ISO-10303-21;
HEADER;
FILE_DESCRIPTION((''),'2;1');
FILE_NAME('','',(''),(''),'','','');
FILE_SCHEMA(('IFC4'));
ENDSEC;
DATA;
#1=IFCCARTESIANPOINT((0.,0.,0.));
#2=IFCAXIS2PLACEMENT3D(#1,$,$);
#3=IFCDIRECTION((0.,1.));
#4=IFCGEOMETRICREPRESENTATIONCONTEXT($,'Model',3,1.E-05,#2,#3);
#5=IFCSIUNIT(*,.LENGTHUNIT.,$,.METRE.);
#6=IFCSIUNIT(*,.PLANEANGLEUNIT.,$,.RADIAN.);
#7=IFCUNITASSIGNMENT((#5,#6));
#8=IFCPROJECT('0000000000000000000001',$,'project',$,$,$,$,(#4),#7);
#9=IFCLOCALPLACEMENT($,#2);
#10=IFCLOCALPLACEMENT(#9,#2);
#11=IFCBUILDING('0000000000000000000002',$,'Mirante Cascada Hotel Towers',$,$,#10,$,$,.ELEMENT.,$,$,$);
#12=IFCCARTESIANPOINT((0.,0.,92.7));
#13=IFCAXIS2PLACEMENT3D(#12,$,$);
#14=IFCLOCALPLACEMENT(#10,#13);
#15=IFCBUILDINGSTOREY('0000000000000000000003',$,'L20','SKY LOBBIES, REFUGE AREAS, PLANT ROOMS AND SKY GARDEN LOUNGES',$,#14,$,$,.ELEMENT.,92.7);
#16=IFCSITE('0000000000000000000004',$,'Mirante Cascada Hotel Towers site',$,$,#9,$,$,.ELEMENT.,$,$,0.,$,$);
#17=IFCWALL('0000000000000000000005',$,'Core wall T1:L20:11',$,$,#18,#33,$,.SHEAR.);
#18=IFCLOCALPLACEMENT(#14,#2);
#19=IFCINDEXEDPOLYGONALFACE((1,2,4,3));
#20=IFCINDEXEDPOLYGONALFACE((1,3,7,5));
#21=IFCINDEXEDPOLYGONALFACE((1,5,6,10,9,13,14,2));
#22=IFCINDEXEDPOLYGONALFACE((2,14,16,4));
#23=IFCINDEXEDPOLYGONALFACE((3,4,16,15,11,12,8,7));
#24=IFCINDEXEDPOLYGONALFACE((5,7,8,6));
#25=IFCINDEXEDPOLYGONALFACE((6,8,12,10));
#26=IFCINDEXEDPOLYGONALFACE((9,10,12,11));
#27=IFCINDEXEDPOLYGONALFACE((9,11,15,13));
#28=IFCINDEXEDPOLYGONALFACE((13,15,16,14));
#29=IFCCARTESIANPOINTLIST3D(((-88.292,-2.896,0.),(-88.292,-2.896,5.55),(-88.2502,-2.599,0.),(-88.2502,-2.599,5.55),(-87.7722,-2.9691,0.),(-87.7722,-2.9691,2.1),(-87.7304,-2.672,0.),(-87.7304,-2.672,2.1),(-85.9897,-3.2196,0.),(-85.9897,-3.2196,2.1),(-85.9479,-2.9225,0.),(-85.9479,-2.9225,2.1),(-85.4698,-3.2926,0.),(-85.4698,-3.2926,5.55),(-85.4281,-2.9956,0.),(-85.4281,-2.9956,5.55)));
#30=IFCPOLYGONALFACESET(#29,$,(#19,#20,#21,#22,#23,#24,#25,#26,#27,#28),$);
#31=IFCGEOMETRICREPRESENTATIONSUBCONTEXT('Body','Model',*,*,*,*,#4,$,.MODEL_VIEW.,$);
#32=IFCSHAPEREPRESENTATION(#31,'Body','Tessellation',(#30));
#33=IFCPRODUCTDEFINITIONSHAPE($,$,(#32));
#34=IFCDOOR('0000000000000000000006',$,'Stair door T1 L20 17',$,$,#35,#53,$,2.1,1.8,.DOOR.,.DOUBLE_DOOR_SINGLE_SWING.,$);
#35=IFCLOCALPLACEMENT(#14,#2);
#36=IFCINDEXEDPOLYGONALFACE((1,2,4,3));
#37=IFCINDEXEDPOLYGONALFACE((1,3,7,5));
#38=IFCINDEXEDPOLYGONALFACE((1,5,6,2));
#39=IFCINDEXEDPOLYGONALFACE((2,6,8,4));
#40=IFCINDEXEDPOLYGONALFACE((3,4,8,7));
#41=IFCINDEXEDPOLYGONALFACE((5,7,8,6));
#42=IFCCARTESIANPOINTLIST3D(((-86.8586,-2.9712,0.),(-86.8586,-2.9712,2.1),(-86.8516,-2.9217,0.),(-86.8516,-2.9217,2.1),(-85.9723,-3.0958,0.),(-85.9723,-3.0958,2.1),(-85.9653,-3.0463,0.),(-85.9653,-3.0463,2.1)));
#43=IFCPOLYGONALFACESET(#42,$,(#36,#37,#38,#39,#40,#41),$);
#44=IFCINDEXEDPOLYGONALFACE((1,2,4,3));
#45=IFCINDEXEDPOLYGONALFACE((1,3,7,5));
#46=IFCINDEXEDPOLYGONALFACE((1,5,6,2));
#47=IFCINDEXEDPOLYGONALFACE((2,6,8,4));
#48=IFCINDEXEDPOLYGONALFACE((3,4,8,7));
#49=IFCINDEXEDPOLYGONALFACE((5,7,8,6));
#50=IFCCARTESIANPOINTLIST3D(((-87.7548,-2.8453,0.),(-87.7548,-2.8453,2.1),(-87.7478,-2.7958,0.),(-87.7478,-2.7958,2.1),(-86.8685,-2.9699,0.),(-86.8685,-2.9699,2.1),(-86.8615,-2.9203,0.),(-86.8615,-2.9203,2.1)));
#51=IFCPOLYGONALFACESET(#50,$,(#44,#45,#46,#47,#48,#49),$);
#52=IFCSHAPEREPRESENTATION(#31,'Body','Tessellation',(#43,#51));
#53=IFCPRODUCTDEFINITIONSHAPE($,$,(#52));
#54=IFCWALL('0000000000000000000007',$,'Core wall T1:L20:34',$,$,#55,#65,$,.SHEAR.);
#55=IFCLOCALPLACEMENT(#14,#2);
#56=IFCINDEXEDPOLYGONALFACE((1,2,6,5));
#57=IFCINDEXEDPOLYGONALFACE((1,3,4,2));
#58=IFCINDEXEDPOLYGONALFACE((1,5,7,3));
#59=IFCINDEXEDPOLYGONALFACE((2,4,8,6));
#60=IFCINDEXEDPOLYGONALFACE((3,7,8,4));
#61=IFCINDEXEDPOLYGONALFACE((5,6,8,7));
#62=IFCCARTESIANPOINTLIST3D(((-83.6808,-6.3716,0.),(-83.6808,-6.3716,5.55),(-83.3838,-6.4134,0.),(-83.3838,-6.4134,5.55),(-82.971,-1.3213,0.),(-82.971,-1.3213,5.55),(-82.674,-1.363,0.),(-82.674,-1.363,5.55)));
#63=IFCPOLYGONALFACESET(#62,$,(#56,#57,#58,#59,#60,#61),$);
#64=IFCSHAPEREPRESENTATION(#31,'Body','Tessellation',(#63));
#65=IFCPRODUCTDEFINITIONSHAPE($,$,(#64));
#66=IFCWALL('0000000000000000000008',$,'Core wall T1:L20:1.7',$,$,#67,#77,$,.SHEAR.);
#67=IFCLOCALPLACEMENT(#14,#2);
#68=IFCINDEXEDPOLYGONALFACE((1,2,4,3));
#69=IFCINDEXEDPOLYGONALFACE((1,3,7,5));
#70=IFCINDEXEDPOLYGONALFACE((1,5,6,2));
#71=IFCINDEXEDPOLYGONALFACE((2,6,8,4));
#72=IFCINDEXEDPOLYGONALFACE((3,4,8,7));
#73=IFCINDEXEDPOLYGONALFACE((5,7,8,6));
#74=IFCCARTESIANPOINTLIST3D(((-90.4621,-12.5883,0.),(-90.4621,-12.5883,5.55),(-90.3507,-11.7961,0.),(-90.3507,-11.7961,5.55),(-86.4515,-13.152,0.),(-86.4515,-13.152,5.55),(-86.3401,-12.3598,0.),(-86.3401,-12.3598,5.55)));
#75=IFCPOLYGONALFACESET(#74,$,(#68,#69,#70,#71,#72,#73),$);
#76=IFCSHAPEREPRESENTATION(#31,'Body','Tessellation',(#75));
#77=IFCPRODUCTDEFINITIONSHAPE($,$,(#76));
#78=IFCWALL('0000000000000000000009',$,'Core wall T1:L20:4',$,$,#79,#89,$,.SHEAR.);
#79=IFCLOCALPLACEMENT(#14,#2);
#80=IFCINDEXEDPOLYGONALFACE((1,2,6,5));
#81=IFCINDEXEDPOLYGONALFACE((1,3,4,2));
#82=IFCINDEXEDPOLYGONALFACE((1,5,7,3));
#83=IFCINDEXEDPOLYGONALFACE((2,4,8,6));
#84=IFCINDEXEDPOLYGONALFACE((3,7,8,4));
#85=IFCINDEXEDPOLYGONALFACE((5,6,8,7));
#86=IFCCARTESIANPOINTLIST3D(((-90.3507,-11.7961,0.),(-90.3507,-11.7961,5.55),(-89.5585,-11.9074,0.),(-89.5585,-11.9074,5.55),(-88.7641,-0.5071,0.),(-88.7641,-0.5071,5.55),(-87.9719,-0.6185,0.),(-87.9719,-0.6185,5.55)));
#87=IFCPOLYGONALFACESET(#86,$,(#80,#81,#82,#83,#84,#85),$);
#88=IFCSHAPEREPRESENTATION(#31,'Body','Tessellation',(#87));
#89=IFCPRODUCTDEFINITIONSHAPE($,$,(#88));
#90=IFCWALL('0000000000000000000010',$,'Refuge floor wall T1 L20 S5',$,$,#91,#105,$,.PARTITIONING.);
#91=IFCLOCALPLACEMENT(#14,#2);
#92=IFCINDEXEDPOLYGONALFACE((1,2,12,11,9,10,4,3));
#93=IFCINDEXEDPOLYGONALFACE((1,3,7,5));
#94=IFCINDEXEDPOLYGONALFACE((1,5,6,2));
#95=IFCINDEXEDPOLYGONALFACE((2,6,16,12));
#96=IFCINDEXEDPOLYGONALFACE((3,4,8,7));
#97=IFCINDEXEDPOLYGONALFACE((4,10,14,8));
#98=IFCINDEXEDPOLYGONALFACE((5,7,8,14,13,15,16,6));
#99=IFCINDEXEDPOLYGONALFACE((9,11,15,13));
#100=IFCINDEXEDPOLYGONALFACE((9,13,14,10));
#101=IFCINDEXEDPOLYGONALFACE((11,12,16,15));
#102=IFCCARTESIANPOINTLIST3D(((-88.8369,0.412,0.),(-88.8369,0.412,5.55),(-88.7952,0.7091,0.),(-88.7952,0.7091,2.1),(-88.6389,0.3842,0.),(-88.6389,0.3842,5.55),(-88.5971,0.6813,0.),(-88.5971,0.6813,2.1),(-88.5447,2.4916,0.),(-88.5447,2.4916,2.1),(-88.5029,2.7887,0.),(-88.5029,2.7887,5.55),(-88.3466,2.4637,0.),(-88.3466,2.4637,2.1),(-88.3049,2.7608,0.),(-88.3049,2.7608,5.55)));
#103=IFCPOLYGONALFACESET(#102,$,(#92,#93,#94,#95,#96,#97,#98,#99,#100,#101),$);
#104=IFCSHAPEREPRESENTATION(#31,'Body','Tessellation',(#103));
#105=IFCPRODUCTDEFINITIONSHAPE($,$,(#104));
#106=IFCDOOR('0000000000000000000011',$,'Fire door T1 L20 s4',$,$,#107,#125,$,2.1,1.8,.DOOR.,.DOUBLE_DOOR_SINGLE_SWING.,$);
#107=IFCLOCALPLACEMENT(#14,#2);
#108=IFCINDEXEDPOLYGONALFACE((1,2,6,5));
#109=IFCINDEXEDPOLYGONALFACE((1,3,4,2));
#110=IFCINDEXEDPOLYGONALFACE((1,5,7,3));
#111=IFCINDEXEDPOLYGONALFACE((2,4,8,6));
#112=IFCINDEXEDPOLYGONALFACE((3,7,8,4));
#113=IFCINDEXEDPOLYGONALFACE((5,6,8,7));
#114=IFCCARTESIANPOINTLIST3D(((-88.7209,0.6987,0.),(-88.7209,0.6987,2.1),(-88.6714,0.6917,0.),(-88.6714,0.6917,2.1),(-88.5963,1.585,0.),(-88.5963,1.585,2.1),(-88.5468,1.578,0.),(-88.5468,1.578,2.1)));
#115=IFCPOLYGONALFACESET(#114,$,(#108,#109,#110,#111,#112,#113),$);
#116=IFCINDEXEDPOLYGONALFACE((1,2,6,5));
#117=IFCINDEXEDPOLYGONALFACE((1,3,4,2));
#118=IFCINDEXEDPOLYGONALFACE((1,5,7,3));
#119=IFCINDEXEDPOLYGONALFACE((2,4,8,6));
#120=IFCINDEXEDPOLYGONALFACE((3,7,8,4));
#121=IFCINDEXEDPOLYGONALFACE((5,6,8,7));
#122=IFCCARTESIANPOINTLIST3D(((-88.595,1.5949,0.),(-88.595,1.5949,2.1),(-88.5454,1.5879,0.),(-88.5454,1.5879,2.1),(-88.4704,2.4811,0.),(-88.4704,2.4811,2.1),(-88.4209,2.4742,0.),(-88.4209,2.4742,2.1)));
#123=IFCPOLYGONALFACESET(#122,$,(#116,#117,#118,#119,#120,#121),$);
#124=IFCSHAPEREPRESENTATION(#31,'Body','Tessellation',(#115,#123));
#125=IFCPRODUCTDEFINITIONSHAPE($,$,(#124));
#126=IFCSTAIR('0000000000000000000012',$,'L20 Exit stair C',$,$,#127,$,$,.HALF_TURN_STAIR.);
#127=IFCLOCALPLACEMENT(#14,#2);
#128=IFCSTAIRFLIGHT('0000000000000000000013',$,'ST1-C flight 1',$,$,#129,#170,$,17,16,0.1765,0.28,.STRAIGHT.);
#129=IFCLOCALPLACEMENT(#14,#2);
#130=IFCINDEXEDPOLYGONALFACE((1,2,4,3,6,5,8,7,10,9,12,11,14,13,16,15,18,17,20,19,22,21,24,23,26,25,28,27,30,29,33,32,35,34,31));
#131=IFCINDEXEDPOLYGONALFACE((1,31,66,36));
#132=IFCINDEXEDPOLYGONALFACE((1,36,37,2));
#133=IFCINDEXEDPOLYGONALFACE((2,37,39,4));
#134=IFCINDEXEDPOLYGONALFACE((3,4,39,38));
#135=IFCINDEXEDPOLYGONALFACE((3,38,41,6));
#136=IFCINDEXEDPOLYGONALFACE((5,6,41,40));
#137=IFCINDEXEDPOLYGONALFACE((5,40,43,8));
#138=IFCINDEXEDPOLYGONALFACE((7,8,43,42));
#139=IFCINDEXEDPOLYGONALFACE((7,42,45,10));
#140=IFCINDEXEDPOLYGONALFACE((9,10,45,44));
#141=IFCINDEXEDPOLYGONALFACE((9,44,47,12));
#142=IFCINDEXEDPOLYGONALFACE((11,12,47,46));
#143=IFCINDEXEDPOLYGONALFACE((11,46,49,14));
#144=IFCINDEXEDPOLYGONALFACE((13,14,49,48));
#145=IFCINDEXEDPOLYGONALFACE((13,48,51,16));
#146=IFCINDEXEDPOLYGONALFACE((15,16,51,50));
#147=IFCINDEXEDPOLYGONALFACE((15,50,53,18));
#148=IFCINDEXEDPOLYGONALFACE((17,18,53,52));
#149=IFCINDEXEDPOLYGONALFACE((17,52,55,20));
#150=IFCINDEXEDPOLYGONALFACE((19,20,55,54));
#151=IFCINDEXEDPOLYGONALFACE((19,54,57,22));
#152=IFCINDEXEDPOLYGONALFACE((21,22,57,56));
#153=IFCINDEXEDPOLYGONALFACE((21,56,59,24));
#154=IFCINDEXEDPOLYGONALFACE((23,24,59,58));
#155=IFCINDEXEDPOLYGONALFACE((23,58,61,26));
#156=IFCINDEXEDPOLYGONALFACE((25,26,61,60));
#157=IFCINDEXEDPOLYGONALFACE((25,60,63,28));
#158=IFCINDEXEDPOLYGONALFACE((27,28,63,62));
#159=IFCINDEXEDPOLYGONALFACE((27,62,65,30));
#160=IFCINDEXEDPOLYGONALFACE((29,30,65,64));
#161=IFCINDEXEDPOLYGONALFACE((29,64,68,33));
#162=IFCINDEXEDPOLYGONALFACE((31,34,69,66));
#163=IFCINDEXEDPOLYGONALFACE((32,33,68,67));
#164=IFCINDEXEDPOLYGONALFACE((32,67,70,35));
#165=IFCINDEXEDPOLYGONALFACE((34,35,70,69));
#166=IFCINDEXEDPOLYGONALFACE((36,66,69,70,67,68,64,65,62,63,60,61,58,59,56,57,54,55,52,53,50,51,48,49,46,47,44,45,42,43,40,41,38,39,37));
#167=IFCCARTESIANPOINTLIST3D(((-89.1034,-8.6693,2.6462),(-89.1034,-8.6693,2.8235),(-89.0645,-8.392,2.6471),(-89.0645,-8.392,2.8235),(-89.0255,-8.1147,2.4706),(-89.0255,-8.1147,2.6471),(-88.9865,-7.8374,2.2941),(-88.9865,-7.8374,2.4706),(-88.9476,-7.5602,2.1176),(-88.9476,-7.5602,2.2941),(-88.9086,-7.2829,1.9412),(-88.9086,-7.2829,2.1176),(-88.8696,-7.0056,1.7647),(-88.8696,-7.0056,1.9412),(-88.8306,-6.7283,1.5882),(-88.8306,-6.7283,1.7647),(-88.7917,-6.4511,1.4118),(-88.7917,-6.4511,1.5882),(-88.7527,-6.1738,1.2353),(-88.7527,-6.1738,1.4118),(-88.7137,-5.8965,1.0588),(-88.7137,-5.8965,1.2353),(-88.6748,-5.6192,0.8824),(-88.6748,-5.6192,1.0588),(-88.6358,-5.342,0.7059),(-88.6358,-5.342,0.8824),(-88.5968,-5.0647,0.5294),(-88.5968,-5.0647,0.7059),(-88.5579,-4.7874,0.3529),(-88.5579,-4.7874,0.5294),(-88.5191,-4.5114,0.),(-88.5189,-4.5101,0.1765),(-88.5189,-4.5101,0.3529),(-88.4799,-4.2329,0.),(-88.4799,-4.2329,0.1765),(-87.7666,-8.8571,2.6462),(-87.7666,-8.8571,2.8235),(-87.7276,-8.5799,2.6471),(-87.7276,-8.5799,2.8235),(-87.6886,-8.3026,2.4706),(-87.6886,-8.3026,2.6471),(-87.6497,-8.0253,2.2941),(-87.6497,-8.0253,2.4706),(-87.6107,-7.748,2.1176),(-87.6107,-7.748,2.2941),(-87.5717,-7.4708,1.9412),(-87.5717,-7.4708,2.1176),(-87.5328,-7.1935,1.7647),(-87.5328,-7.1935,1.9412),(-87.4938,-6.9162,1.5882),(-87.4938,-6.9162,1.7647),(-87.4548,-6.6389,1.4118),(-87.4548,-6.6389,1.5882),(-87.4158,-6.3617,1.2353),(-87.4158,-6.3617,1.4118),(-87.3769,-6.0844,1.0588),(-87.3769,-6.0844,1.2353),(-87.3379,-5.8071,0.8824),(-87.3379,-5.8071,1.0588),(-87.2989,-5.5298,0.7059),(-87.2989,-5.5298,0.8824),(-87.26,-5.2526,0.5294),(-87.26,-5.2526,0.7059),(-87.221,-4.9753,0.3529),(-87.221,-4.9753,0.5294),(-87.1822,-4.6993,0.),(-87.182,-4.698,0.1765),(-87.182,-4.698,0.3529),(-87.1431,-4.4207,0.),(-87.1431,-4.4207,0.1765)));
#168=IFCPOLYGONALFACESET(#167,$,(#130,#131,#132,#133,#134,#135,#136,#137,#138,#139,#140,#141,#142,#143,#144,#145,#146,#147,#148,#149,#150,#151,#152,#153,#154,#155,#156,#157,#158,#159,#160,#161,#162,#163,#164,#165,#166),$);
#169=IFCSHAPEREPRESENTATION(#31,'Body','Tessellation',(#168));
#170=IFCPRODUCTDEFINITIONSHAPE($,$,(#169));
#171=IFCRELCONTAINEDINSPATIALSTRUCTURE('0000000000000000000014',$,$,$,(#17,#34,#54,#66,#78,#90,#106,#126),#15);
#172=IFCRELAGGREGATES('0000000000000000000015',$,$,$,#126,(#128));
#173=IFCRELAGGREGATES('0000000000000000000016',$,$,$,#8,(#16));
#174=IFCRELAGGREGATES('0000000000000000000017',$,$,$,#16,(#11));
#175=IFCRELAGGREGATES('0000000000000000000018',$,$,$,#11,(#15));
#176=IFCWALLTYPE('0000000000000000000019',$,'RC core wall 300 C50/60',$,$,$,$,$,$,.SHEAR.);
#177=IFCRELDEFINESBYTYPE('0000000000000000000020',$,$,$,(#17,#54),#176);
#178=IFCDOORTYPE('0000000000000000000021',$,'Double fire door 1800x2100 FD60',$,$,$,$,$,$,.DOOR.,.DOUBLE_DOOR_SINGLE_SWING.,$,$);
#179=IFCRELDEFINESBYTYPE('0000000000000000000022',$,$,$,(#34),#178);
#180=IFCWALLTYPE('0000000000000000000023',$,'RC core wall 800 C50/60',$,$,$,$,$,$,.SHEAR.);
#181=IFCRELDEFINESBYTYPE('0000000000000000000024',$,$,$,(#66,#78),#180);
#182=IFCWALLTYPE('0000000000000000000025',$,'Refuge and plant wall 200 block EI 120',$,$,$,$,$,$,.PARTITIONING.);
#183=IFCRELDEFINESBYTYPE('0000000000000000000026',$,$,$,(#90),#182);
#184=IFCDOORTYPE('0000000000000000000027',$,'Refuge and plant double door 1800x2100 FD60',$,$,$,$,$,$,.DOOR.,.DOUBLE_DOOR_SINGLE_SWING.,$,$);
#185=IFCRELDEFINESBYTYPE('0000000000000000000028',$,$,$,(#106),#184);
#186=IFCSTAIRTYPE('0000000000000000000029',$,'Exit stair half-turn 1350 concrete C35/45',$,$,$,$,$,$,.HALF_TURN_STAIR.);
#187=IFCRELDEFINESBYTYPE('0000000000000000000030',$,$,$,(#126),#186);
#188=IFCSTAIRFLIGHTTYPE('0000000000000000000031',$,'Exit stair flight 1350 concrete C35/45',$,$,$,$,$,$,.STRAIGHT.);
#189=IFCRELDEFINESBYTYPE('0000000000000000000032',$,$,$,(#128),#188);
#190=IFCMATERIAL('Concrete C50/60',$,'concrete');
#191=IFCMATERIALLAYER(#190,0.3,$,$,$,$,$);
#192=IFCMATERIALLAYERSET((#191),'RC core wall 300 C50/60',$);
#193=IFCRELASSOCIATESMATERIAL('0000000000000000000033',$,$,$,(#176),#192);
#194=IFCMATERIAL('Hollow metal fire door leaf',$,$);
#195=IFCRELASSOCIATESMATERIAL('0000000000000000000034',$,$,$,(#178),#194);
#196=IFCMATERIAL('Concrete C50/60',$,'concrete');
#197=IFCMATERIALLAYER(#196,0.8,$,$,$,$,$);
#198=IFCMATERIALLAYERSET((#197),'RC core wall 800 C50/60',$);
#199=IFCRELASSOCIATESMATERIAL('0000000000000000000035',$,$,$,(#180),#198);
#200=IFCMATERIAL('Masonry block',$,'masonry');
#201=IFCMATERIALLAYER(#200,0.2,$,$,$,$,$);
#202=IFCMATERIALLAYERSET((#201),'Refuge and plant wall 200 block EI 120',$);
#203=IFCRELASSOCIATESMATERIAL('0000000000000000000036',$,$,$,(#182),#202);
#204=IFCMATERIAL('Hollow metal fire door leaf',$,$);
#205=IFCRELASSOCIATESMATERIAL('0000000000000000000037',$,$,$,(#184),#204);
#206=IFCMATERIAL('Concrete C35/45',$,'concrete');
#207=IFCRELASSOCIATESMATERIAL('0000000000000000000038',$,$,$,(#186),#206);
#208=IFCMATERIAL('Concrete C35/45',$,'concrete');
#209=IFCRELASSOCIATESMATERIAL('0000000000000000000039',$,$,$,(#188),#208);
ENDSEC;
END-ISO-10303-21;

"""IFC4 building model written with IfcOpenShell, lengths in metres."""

from ifc_helpers import new_model, si_unit, direction, frame, frame_2d, origin, place, context, subcontext, project, spatial, polyline, rectangle, outline, extrude, material, layer, layer_set, type_object, element, fill, aggregate, save


model = new_model("IFC4")

# Units and contexts
model_context = context("Model", 3, precision=1e-05, world=origin(), true_north=direction((0.0, 1.0)))
body_context = subcontext(model_context, "Body", "Model", "MODEL_VIEW")
ifc_project = project(units=[si_unit("LENGTHUNIT", "METRE"), si_unit("PLANEANGLEUNIT", "RADIAN")], contexts=[model_context])

# Site, building, storey
site_placement = place(None, origin())
site = spatial("IfcSite", under=ifc_project, at=site_placement, Name="Mirante Cascada Hotel Towers site", CompositionType="ELEMENT", RefElevation=0.0)
building_placement = place(site_placement, origin())
building = spatial("IfcBuilding", under=site, at=building_placement, Name="Mirante Cascada Hotel Towers", CompositionType="ELEMENT")
storey_placement = place(building_placement, frame((0.0, 0.0, 92.7)))
storey = spatial("IfcBuildingStorey", under=building, at=storey_placement, Name="L20", Description="SKY LOBBIES, REFUGE AREAS, PLANT ROOMS AND SKY GARDEN LOUNGES", CompositionType="ELEMENT", Elevation=92.7)

# Shared definitions
ifc_material_1 = material(Name="Concrete C50/60", Category="concrete")
ifc_layer_1 = layer(ifc_material_1, 0.3)
ifc_layer_set_1 = layer_set([ifc_layer_1], Name="RC core wall 300 C50/60")
wall_type_1 = type_object("IfcWallType", Name="RC core wall 300 C50/60", PredefinedType="SHEAR", material=ifc_layer_set_1)

# Wall, opening, door
wall_1_placement = place(storey_placement, frame((-85.4489, -3.1441, 0.0), z_axis=(0.0, 0.0, 1.0), x_axis=(-0.99027, 0.139161, 0.0)))
wall_1 = element("IfcWall", 1, at=wall_1_placement, inside=storey, type_object=wall_type_1, Name="Core wall T1:L20:11", PredefinedType="SHEAR", context=body_context, shape_type="SweptSolid", body=[
    extrude(rectangle(XDim=2.8499, YDim=0.3, at=frame_2d((1.425, 0.0))), origin(), (0.0, 0.0, 1.0), 5.55),
])
opening_1_placement = place(wall_1_placement, frame((0.525, 0.0, 0.0)))
opening_1 = element("IfcOpeningElement", 2, at=opening_1_placement, cuts=wall_1, PredefinedType="OPENING", context=body_context, shape_type="SweptSolid", body=[
    extrude(rectangle(XDim=1.8, YDim=2.1, at=frame_2d((0.9, 1.05))), frame((0.0, 0.15, 0.0), z_axis=(0.0, -1.0, 0.0), x_axis=(1.0, 0.0, 0.0)), (0.0, 0.0, 1.0), 0.3),
])
ifc_material_2 = material(Name="Hollow metal fire door leaf")
door_type_1 = type_object("IfcDoorType", Name="Double fire door 1800x2100 FD60", OperationType="DOUBLE_DOOR_SINGLE_SWING", PredefinedType="DOOR", material=ifc_material_2)
door_1_placement = place(opening_1_placement, origin())
door_1 = element("IfcDoor", 3, at=door_1_placement, inside=storey, type_object=door_type_1, Name="Stair door T1 L20 17", OperationType="DOUBLE_DOOR_SINGLE_SWING", OverallHeight=2.1, OverallWidth=1.8, PredefinedType="DOOR", context=body_context, shape_type="SweptSolid", body=[
    extrude(rectangle(XDim=0.895, YDim=2.1, at=frame_2d((0.4475, 1.05))), frame((0.0, 0.025, 0.0), z_axis=(0.0, -1.0, 0.0), x_axis=(1.0, 0.0, 0.0)), (0.0, 0.0, 1.0), 0.05),
    extrude(rectangle(XDim=0.895, YDim=2.1, at=frame_2d((1.3525, 1.05))), frame((0.0, 0.025, 0.0), z_axis=(0.0, -1.0, 0.0), x_axis=(1.0, 0.0, 0.0)), (0.0, 0.0, 1.0), 0.05),
])
fill(opening_1, door_1)

# Walls
wall_2_placement = place(storey_placement, frame((-83.5323, -6.3925, 0.0), z_axis=(0.0, 0.0, 1.0), x_axis=(0.139176, 0.990268, 0.0)))
element("IfcWall", 4, at=wall_2_placement, inside=storey, type_object=wall_type_1, Name="Core wall T1:L20:34", PredefinedType="SHEAR", context=body_context, shape_type="SweptSolid", body=[
    extrude(rectangle(XDim=5.1, YDim=0.3, at=frame_2d((2.55, 0.0))), origin(), (0.0, 0.0, 1.0), 5.55),
])
ifc_material_3 = material(Name="Concrete C50/60", Category="concrete")
ifc_layer_2 = layer(ifc_material_3, 0.8)
ifc_layer_set_2 = layer_set([ifc_layer_2], Name="RC core wall 800 C50/60")
wall_type_2 = type_object("IfcWallType", Name="RC core wall 800 C50/60", PredefinedType="SHEAR", material=ifc_layer_set_2)
wall_3_placement = place(storey_placement, frame((-86.3958, -12.7559, 0.0), z_axis=(0.0, 0.0, 1.0), x_axis=(-0.990267, 0.139184, 0.0)))
element("IfcWall", 5, at=wall_3_placement, inside=storey, type_object=wall_type_2, Name="Core wall T1:L20:1.7", PredefinedType="SHEAR", context=body_context, shape_type="SweptSolid", body=[
    extrude(rectangle(XDim=4.05, YDim=0.8, at=frame_2d((2.025, 0.0))), origin(), (0.0, 0.0, 1.0), 5.55),
])
wall_4_placement = place(storey_placement, frame((-89.9546, -11.8518, 0.0), z_axis=(0.0, 0.0, 1.0), x_axis=(0.139176, 0.990268, 0.0)))
element("IfcWall", 6, at=wall_4_placement, inside=storey, type_object=wall_type_2, Name="Core wall T1:L20:4", PredefinedType="SHEAR", context=body_context, shape_type="SweptSolid", body=[
    extrude(rectangle(XDim=11.3999, YDim=0.8, at=frame_2d((5.7, 0.0))), origin(), (0.0, 0.0, 1.0), 5.55),
])

# Wall, opening, door
ifc_material_4 = material(Name="Masonry block", Category="masonry")
ifc_layer_3 = layer(ifc_material_4, 0.2)
ifc_layer_set_3 = layer_set([ifc_layer_3], Name="Refuge and plant wall 200 block EI 120")
wall_type_3 = type_object("IfcWallType", Name="Refuge and plant wall 200 block EI 120", PredefinedType="PARTITIONING", material=ifc_layer_set_3)
wall_5_placement = place(storey_placement, frame((-88.7379, 0.3981, 0.0), z_axis=(0.0, 0.0, 1.0), x_axis=(0.139169, 0.990269, 0.0)))
wall_5 = element("IfcWall", 7, at=wall_5_placement, inside=storey, type_object=wall_type_3, Name="Refuge floor wall T1 L20 S5", PredefinedType="PARTITIONING", context=body_context, shape_type="SweptSolid", body=[
    extrude(rectangle(XDim=2.4, YDim=0.2, at=frame_2d((1.2, 0.0))), origin(), (0.0, 0.0, 1.0), 5.55),
])
opening_2_placement = place(wall_5_placement, frame((0.3, 0.0, 0.0)))
opening_2 = element("IfcOpeningElement", 8, at=opening_2_placement, cuts=wall_5, PredefinedType="OPENING", context=body_context, shape_type="SweptSolid", body=[
    extrude(rectangle(XDim=1.8, YDim=2.1, at=frame_2d((0.9, 1.05))), frame((0.0, 0.1, 0.0), z_axis=(0.0, -1.0, 0.0), x_axis=(1.0, 0.0, 0.0)), (0.0, 0.0, 1.0), 0.2),
])
ifc_material_5 = material(Name="Hollow metal fire door leaf")
door_type_2 = type_object("IfcDoorType", Name="Refuge and plant double door 1800x2100 FD60", OperationType="DOUBLE_DOOR_SINGLE_SWING", PredefinedType="DOOR", material=ifc_material_5)
door_2_placement = place(opening_2_placement, origin())
door_2 = element("IfcDoor", 9, at=door_2_placement, inside=storey, type_object=door_type_2, Name="Fire door T1 L20 s4", OperationType="DOUBLE_DOOR_SINGLE_SWING", OverallHeight=2.1, OverallWidth=1.8, PredefinedType="DOOR", context=body_context, shape_type="SweptSolid", body=[
    extrude(rectangle(XDim=0.895, YDim=2.1, at=frame_2d((0.4475, 1.05))), frame((0.0, 0.025, 0.0), z_axis=(0.0, -1.0, 0.0), x_axis=(1.0, 0.0, 0.0)), (0.0, 0.0, 1.0), 0.05),
    extrude(rectangle(XDim=0.895, YDim=2.1, at=frame_2d((1.3525, 1.05))), frame((0.0, 0.025, 0.0), z_axis=(0.0, -1.0, 0.0), x_axis=(1.0, 0.0, 0.0)), (0.0, 0.0, 1.0), 0.05),
])
fill(opening_2, door_2)

# Stair, stair flight
ifc_material_6 = material(Name="Concrete C35/45", Category="concrete")
stair_type = type_object("IfcStairType", Name="Exit stair half-turn 1350 concrete C35/45", PredefinedType="HALF_TURN_STAIR", material=ifc_material_6)
stair_placement = place(storey_placement, origin())
stair = element("IfcStair", 10, at=stair_placement, inside=storey, type_object=stair_type, Name="L20 Exit stair C", PredefinedType="HALF_TURN_STAIR")
ifc_material_7 = material(Name="Concrete C35/45", Category="concrete")
stair_flight_type = type_object("IfcStairFlightType", Name="Exit stair flight 1350 concrete C35/45", PredefinedType="STRAIGHT", material=ifc_material_7)
stair_flight_1_placement = place(storey_placement, frame((-87.8115, -4.3268, 0.0), z_axis=(0.0, 0.0, 1.0), x_axis=(-0.139173, -0.990268, 0.0)))
stair_flight_1 = element("IfcStairFlight", 11, at=stair_flight_1_placement, type_object=stair_flight_type, Name="ST1-C flight 1", NumberOfRisers=17, NumberOfTreads=16, PredefinedType="STRAIGHT", RiserHeight=0.1765, TreadLength=0.28, context=body_context, shape_type="SweptSolid", body=[
    extrude(outline(polyline([(0.0, 0.0), (0.0, 0.1765), (0.28, 0.1765), (0.28, 0.3529), (0.56, 0.3529), (0.56, 0.5294), (0.84, 0.5294), (0.84, 0.7059), (1.12, 0.7059), (1.12, 0.8824), (1.4, 0.8824), (1.4, 1.0588), (1.68, 1.0588), (1.68, 1.2353), (1.96, 1.2353), (1.96, 1.4118), (2.24, 1.4118), (2.24, 1.5882), (2.52, 1.5882), (2.52, 1.7647), (2.8, 1.7647), (2.8, 1.9412), (3.08, 1.9412), (3.08, 2.1176), (3.36, 2.1176), (3.36, 2.2941), (3.64, 2.2941), (3.64, 2.4706), (3.92, 2.4706), (3.92, 2.6471), (4.2, 2.6471), (4.2, 2.8235), (4.48, 2.8235), (4.48, 3.0), (4.48, 2.6462), (0.2813, 0.0), (0.0, 0.0)])), frame((0.0, 0.675, 0.0), z_axis=(0.0, -1.0, 0.0), x_axis=(1.0, 0.0, 0.0)), (0.0, 0.0, 1.0), 1.35),
])
aggregate(stair, [stair_flight_1])

save(model, "model.ifc")
